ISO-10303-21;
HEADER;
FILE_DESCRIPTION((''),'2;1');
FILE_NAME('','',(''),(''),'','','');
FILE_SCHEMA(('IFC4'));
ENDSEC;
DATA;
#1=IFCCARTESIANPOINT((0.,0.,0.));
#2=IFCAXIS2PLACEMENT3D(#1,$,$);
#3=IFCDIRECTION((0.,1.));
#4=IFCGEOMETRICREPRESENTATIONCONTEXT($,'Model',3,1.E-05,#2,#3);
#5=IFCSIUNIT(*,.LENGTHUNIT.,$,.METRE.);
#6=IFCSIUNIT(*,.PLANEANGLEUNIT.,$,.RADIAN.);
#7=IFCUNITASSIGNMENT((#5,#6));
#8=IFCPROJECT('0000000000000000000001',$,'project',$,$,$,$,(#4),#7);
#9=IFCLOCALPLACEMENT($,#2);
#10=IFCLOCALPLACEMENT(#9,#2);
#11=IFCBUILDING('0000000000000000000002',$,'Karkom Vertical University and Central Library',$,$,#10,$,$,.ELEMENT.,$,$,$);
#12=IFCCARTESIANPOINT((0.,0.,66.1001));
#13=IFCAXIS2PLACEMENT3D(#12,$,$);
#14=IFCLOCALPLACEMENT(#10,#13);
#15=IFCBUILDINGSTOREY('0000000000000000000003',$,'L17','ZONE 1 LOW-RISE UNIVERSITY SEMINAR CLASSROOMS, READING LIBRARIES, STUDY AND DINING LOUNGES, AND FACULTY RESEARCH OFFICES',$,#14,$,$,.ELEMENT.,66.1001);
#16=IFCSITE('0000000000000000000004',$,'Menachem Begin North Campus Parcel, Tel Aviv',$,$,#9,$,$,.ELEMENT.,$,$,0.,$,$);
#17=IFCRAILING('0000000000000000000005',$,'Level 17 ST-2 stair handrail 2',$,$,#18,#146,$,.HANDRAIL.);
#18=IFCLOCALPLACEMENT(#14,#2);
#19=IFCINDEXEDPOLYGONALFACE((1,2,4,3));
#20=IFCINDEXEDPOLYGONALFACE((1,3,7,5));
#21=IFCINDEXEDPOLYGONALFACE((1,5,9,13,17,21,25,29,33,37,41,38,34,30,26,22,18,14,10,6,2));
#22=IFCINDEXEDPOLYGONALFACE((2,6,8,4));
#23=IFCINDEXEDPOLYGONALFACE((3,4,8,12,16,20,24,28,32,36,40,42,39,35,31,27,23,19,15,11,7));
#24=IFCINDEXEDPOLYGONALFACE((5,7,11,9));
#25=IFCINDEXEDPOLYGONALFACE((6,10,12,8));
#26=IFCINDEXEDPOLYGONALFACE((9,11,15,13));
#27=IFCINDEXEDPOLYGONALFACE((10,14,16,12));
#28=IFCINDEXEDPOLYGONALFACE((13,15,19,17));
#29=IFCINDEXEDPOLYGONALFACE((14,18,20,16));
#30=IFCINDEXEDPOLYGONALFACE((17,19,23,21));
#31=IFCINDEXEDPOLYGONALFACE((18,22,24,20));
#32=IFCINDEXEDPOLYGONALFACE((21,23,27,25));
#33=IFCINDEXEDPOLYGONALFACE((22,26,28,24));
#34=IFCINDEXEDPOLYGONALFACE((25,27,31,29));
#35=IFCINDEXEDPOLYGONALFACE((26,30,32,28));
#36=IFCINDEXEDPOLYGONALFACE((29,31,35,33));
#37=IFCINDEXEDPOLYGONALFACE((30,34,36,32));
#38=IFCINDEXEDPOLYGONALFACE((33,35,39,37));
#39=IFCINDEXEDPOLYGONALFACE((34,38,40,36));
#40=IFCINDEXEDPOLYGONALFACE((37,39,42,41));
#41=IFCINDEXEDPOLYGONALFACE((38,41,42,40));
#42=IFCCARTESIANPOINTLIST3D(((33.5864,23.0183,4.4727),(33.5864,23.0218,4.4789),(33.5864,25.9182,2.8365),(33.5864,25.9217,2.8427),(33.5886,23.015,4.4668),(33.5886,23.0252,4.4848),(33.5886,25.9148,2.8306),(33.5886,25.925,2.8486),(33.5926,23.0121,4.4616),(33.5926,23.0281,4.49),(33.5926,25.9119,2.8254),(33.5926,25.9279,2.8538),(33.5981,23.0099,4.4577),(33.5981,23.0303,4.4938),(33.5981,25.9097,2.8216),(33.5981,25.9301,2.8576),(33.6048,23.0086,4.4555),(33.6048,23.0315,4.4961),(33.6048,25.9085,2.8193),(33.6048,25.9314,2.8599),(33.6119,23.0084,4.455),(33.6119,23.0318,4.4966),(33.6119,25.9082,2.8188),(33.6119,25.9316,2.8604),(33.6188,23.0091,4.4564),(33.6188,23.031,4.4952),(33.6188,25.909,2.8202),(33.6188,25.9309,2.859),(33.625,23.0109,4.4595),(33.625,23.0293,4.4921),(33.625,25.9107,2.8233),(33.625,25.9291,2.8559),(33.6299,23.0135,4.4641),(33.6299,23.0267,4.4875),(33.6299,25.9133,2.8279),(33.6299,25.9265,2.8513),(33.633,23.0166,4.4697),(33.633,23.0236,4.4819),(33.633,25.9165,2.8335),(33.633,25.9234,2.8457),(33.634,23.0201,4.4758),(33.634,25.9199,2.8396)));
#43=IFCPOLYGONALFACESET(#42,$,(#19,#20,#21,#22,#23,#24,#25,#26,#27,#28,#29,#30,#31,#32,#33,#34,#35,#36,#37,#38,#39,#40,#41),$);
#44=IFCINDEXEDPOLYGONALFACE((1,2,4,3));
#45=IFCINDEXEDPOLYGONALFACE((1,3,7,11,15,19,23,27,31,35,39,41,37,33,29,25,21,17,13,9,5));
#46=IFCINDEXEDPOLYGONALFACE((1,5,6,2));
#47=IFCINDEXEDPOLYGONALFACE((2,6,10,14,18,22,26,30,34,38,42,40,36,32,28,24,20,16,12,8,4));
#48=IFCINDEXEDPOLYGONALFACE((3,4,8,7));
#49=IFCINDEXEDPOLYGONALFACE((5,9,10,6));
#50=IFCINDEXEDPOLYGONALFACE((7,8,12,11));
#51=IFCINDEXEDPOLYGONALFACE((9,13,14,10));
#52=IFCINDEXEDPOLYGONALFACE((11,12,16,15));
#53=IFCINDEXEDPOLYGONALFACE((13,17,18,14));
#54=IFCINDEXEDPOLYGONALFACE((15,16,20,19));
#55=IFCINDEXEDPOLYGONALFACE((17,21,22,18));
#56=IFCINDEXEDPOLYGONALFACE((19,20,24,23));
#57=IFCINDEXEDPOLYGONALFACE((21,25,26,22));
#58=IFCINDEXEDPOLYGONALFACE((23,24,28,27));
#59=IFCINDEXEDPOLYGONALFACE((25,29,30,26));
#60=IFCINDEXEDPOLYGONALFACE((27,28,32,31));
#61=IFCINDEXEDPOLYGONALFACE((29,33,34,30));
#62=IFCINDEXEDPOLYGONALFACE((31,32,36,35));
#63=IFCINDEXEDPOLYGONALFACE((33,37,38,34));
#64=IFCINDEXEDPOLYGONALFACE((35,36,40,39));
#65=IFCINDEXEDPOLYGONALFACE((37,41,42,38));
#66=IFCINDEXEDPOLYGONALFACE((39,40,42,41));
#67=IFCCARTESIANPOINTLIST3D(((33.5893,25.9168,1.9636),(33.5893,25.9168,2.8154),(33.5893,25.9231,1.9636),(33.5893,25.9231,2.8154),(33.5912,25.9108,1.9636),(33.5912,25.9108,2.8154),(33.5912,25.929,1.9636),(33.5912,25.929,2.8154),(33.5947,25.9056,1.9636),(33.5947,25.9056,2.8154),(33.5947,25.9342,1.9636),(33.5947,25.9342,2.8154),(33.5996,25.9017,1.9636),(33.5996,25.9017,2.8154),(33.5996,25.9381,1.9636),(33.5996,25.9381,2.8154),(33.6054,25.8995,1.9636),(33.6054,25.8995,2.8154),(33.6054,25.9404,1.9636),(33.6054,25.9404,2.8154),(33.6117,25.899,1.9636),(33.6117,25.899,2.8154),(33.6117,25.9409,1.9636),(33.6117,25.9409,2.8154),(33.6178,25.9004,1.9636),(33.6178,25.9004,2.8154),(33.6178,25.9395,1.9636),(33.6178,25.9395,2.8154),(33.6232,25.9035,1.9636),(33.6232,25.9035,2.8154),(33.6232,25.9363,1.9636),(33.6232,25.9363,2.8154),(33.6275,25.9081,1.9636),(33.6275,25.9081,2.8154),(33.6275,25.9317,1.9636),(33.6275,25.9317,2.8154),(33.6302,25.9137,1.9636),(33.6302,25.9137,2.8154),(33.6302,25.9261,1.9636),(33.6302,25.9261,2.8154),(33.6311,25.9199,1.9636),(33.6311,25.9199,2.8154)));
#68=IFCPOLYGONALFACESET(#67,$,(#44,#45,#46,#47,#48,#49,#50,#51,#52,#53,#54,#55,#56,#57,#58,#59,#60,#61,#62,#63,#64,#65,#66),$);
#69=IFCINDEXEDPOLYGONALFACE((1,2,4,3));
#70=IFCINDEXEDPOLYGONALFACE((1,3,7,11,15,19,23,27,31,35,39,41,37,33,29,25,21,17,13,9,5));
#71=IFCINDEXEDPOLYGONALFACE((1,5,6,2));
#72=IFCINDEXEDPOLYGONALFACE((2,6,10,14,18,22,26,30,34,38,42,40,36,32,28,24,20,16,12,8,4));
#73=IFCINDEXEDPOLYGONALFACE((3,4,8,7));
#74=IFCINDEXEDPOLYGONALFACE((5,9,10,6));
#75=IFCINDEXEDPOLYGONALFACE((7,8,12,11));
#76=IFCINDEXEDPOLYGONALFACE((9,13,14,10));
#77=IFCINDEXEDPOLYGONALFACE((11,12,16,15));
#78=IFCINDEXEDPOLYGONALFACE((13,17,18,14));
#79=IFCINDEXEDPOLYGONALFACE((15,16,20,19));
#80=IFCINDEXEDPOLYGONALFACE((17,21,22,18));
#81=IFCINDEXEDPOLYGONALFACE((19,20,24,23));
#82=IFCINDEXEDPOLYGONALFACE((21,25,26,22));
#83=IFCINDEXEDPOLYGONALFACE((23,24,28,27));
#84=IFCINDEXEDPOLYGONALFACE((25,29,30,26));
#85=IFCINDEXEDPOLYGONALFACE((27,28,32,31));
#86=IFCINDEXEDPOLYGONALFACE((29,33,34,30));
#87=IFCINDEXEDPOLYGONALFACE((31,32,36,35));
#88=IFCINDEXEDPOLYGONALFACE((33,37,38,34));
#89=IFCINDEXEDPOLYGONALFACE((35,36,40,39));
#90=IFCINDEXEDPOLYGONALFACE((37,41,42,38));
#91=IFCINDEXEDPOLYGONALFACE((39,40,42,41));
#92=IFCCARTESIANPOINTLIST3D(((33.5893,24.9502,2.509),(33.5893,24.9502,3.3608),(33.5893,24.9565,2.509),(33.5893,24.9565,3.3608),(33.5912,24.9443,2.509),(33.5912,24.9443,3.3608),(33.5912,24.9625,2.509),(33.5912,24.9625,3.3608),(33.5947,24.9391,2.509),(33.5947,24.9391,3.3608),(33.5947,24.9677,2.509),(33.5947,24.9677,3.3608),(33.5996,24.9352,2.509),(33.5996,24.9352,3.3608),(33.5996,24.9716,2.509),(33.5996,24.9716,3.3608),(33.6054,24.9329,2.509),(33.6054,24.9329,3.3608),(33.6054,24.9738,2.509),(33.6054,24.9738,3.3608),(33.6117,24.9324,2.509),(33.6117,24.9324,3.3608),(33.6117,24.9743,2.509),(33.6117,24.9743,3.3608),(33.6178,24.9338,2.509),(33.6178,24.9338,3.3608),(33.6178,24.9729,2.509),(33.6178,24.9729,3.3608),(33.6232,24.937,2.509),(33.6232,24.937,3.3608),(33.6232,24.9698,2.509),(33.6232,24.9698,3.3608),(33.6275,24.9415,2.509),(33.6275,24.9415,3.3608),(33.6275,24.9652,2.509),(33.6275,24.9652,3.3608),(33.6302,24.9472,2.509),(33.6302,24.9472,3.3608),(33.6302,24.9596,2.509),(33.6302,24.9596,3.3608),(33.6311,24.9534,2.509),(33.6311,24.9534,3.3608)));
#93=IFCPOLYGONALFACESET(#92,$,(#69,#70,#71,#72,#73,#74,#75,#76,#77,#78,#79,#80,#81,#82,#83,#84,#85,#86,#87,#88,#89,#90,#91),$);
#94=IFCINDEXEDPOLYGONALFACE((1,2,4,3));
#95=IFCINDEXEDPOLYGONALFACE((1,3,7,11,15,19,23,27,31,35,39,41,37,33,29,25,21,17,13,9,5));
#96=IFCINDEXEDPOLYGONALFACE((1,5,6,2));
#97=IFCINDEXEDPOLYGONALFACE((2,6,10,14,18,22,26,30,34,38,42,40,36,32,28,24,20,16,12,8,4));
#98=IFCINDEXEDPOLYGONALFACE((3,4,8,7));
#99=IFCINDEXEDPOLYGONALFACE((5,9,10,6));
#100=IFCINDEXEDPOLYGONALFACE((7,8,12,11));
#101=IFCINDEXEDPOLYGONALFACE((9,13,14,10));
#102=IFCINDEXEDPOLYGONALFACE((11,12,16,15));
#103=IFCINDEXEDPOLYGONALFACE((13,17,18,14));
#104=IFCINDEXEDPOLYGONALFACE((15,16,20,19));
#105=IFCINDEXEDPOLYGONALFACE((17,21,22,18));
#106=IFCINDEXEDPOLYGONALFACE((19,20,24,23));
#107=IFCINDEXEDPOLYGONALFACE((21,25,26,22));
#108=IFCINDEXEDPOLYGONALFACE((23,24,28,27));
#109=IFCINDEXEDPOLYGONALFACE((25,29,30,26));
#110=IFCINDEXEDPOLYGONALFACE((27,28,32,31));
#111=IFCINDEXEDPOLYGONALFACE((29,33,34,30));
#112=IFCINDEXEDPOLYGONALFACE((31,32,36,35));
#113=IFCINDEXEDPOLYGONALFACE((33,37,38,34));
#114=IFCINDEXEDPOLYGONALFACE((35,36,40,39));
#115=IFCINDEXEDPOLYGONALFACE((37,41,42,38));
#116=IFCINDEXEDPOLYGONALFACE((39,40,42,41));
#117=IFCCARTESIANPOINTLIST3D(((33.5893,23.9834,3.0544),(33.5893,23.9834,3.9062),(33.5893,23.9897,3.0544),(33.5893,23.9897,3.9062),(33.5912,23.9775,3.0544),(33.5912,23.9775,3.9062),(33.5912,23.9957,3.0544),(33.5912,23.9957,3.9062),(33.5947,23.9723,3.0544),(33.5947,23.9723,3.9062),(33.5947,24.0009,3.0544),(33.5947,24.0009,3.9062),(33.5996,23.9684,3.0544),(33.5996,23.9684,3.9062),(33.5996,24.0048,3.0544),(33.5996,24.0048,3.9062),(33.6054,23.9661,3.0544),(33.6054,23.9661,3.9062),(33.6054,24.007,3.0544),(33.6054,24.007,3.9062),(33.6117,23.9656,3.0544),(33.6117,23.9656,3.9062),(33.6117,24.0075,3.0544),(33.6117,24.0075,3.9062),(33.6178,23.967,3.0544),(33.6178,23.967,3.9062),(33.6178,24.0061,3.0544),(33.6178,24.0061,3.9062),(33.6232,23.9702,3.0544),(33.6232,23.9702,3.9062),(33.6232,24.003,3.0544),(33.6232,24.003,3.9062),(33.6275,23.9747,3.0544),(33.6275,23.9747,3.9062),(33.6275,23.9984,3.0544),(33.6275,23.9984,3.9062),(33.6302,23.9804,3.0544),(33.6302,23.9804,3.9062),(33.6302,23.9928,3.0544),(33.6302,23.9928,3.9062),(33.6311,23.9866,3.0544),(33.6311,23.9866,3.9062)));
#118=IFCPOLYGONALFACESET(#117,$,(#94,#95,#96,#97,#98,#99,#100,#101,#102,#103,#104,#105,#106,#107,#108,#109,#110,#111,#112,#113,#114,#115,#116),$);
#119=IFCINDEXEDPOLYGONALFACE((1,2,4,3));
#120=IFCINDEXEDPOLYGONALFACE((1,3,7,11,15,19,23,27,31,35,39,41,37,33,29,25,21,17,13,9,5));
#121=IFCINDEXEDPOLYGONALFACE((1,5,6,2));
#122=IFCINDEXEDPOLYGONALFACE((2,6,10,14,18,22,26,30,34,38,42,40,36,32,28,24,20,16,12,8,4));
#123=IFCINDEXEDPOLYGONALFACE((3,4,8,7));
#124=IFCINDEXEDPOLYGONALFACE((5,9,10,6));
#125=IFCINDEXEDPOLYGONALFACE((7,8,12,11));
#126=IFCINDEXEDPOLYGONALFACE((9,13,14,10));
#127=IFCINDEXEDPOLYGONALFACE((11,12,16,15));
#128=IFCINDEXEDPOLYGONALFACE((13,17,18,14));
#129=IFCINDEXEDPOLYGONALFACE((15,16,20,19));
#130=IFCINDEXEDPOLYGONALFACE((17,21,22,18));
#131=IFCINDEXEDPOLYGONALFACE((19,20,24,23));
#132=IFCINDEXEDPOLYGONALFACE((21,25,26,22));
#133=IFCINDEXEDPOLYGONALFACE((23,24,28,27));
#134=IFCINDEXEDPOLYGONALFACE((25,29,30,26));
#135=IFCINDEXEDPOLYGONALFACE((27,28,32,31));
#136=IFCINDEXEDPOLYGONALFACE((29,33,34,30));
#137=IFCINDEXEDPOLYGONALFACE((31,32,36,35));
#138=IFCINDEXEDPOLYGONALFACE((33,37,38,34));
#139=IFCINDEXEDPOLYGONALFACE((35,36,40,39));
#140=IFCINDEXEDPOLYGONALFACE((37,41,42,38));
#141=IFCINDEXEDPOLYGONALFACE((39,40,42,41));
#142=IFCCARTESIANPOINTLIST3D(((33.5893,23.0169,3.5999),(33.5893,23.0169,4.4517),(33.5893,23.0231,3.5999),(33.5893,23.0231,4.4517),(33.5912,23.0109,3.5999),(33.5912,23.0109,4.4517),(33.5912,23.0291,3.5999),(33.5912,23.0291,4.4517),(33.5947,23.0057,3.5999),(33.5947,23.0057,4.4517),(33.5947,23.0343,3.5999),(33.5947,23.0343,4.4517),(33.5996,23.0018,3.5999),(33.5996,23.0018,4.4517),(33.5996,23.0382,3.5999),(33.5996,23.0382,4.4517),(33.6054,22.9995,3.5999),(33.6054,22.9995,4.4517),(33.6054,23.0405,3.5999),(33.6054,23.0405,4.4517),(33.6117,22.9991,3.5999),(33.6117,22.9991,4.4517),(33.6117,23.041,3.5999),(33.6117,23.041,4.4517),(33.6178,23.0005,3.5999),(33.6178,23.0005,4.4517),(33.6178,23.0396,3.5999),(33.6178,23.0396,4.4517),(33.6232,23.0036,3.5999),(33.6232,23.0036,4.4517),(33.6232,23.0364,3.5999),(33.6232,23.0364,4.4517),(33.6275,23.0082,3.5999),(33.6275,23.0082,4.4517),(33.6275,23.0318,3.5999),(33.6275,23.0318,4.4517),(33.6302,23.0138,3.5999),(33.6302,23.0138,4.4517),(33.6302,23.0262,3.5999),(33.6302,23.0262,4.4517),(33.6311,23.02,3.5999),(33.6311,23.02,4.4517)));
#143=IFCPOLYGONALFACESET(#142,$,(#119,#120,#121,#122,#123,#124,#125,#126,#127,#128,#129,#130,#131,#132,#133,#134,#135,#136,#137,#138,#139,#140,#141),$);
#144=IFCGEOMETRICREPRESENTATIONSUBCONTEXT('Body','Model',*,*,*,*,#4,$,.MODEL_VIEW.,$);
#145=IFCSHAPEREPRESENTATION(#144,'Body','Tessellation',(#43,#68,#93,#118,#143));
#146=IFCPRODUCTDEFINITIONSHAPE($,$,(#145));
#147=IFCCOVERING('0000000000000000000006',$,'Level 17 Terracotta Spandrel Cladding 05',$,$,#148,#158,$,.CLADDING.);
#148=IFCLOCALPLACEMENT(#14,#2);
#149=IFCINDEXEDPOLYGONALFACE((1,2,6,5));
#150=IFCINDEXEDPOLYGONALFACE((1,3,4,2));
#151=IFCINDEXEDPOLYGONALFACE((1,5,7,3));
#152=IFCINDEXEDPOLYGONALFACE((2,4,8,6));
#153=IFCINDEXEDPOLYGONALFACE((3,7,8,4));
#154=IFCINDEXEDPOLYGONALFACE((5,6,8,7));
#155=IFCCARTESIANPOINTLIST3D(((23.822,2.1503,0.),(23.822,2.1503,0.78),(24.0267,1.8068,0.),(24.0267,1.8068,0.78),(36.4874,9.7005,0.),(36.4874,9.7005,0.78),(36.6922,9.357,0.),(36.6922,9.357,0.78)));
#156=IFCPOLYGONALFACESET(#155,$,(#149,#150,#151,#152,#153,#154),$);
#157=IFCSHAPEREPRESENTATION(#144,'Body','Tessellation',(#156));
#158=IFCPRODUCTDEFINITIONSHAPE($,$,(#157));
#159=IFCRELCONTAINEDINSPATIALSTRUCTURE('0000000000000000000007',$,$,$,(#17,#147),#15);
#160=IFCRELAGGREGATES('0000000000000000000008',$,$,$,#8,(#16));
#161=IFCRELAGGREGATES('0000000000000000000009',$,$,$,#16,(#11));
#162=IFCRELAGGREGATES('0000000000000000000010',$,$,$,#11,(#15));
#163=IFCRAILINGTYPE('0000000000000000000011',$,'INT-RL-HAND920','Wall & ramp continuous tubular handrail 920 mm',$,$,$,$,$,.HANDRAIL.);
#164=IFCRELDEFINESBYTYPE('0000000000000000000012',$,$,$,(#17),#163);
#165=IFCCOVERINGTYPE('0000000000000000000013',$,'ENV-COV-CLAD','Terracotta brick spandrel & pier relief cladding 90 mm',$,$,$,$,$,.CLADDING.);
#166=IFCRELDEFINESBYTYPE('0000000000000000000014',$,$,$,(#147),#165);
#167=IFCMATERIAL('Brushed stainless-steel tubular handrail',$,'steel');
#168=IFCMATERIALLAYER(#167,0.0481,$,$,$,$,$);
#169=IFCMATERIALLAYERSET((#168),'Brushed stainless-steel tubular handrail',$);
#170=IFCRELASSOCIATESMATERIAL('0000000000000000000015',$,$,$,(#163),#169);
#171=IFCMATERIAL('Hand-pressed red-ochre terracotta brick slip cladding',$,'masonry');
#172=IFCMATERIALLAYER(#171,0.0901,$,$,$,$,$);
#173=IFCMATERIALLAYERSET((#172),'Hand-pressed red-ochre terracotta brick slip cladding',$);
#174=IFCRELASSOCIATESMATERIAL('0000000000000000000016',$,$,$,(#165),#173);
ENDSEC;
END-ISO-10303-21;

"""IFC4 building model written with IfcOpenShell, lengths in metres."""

from ifc_helpers import new_model, si_unit, direction, frame, origin, origin_with_axes, origin_2d, place, context, subcontext, project, spatial, rectangle, circle, extrude, source, transform, mapped, material, layer, layer_set, type_object, element, save


model = new_model("IFC4")

# Units and contexts
model_context = context("Model", 3, precision=1e-05, world=origin(), true_north=direction((0.0, 1.0)))
body_context = subcontext(model_context, "Body", "Model", "MODEL_VIEW")
ifc_project = project(units=[si_unit("LENGTHUNIT", "METRE"), si_unit("PLANEANGLEUNIT", "RADIAN")], contexts=[model_context])

# Site, building, storey
site_placement = place(None, origin())
site = spatial("IfcSite", under=ifc_project, at=site_placement, Name="Menachem Begin North Campus Parcel, Tel Aviv", CompositionType="ELEMENT", RefElevation=0.0)
building_placement = place(site_placement, origin())
building = spatial("IfcBuilding", under=site, at=building_placement, Name="Karkom Vertical University and Central Library", CompositionType="ELEMENT")
storey_placement = place(building_placement, frame((0.0, 0.0, 66.1001)))
storey = spatial("IfcBuildingStorey", under=building, at=storey_placement, Name="L17", Description="ZONE 1 LOW-RISE UNIVERSITY SEMINAR CLASSROOMS, READING LIBRARIES, STUDY AND DINING LOUNGES, AND FACULTY RESEARCH OFFICES", CompositionType="ELEMENT", Elevation=66.1001)

# Railing
ifc_material_1 = material(Name="Brushed stainless-steel tubular handrail", Category="steel")
ifc_layer_1 = layer(ifc_material_1, 0.0481)
ifc_layer_set_1 = layer_set([ifc_layer_1], Name="Brushed stainless-steel tubular handrail")
railing_type_1 = type_object("IfcRailingType", Name="INT-RL-HAND920", Description="Wall & ramp continuous tubular handrail 920 mm", PredefinedType="HANDRAIL", material=ifc_layer_set_1)
railing_1_placement = place(storey_placement, frame((33.6101, 25.9199, 1.9636)))
element("IfcRailing", 1, at=railing_1_placement, inside=storey, type_object=railing_type_1, Name="Level 17 ST-2 stair handrail 2", PredefinedType="HANDRAIL", context=body_context, shape_type="SweptSolid", body=[
    extrude(circle(Radius=0.0239, at=origin_2d()), frame((0.0, 0.0, 0.876), z_axis=(0.0, -0.870929, 0.49141), x_axis=(1.0, 0.0, 0.0)), (0.0, 0.0, 1.0), 3.3296),
    extrude(circle(Radius=0.021, at=origin_2d()), origin(), (0.0, 0.0, 1.0), 0.8518),
    extrude(circle(Radius=0.021, at=origin_2d()), frame((0.0, -0.9666, 0.5454)), (0.0, 0.0, 1.0), 0.8518),
    extrude(circle(Radius=0.021, at=origin_2d()), frame((0.0, -1.9333, 1.0908)), (0.0, 0.0, 1.0), 0.8518),
    extrude(circle(Radius=0.021, at=origin_2d()), frame((0.0, -2.8999, 1.6362)), (0.0, 0.0, 1.0), 0.8518),
])

# Covering
ifc_material_2 = material(Name="Hand-pressed red-ochre terracotta brick slip cladding", Category="masonry")
ifc_layer_2 = layer(ifc_material_2, 0.0901)
ifc_layer_set_2 = layer_set([ifc_layer_2], Name="Hand-pressed red-ochre terracotta brick slip cladding")
covering_type = type_object("IfcCoveringType", Name="ENV-COV-CLAD", Description="Terracotta brick spandrel & pier relief cladding 90 mm", PredefinedType="CLADDING", material=ifc_layer_set_2)
shared_shape_1 = source(origin_with_axes(), body_context, "Body", "SweptSolid", [
    extrude(rectangle(XDim=14.7451, YDim=0.3999, at=origin_2d()), origin(), (0.0, 0.0, 1.0), 0.78),
])
covering_placement = place(storey_placement, frame((30.2571, 5.7537, 0.0), z_axis=(0.0, 0.0, 1.0), x_axis=(0.85896, 0.512043, 0.0)))
element("IfcCovering", 2, at=covering_placement, inside=storey, type_object=covering_type, Name="Level 17 Terracotta Spandrel Cladding 05", PredefinedType="CLADDING", context=body_context, shape_type="MappedRepresentation", body=[
    mapped(shared_shape_1, transform((0.0, 0.0, 0.0), scale=1.0)),
])

save(model, "model.ifc")
